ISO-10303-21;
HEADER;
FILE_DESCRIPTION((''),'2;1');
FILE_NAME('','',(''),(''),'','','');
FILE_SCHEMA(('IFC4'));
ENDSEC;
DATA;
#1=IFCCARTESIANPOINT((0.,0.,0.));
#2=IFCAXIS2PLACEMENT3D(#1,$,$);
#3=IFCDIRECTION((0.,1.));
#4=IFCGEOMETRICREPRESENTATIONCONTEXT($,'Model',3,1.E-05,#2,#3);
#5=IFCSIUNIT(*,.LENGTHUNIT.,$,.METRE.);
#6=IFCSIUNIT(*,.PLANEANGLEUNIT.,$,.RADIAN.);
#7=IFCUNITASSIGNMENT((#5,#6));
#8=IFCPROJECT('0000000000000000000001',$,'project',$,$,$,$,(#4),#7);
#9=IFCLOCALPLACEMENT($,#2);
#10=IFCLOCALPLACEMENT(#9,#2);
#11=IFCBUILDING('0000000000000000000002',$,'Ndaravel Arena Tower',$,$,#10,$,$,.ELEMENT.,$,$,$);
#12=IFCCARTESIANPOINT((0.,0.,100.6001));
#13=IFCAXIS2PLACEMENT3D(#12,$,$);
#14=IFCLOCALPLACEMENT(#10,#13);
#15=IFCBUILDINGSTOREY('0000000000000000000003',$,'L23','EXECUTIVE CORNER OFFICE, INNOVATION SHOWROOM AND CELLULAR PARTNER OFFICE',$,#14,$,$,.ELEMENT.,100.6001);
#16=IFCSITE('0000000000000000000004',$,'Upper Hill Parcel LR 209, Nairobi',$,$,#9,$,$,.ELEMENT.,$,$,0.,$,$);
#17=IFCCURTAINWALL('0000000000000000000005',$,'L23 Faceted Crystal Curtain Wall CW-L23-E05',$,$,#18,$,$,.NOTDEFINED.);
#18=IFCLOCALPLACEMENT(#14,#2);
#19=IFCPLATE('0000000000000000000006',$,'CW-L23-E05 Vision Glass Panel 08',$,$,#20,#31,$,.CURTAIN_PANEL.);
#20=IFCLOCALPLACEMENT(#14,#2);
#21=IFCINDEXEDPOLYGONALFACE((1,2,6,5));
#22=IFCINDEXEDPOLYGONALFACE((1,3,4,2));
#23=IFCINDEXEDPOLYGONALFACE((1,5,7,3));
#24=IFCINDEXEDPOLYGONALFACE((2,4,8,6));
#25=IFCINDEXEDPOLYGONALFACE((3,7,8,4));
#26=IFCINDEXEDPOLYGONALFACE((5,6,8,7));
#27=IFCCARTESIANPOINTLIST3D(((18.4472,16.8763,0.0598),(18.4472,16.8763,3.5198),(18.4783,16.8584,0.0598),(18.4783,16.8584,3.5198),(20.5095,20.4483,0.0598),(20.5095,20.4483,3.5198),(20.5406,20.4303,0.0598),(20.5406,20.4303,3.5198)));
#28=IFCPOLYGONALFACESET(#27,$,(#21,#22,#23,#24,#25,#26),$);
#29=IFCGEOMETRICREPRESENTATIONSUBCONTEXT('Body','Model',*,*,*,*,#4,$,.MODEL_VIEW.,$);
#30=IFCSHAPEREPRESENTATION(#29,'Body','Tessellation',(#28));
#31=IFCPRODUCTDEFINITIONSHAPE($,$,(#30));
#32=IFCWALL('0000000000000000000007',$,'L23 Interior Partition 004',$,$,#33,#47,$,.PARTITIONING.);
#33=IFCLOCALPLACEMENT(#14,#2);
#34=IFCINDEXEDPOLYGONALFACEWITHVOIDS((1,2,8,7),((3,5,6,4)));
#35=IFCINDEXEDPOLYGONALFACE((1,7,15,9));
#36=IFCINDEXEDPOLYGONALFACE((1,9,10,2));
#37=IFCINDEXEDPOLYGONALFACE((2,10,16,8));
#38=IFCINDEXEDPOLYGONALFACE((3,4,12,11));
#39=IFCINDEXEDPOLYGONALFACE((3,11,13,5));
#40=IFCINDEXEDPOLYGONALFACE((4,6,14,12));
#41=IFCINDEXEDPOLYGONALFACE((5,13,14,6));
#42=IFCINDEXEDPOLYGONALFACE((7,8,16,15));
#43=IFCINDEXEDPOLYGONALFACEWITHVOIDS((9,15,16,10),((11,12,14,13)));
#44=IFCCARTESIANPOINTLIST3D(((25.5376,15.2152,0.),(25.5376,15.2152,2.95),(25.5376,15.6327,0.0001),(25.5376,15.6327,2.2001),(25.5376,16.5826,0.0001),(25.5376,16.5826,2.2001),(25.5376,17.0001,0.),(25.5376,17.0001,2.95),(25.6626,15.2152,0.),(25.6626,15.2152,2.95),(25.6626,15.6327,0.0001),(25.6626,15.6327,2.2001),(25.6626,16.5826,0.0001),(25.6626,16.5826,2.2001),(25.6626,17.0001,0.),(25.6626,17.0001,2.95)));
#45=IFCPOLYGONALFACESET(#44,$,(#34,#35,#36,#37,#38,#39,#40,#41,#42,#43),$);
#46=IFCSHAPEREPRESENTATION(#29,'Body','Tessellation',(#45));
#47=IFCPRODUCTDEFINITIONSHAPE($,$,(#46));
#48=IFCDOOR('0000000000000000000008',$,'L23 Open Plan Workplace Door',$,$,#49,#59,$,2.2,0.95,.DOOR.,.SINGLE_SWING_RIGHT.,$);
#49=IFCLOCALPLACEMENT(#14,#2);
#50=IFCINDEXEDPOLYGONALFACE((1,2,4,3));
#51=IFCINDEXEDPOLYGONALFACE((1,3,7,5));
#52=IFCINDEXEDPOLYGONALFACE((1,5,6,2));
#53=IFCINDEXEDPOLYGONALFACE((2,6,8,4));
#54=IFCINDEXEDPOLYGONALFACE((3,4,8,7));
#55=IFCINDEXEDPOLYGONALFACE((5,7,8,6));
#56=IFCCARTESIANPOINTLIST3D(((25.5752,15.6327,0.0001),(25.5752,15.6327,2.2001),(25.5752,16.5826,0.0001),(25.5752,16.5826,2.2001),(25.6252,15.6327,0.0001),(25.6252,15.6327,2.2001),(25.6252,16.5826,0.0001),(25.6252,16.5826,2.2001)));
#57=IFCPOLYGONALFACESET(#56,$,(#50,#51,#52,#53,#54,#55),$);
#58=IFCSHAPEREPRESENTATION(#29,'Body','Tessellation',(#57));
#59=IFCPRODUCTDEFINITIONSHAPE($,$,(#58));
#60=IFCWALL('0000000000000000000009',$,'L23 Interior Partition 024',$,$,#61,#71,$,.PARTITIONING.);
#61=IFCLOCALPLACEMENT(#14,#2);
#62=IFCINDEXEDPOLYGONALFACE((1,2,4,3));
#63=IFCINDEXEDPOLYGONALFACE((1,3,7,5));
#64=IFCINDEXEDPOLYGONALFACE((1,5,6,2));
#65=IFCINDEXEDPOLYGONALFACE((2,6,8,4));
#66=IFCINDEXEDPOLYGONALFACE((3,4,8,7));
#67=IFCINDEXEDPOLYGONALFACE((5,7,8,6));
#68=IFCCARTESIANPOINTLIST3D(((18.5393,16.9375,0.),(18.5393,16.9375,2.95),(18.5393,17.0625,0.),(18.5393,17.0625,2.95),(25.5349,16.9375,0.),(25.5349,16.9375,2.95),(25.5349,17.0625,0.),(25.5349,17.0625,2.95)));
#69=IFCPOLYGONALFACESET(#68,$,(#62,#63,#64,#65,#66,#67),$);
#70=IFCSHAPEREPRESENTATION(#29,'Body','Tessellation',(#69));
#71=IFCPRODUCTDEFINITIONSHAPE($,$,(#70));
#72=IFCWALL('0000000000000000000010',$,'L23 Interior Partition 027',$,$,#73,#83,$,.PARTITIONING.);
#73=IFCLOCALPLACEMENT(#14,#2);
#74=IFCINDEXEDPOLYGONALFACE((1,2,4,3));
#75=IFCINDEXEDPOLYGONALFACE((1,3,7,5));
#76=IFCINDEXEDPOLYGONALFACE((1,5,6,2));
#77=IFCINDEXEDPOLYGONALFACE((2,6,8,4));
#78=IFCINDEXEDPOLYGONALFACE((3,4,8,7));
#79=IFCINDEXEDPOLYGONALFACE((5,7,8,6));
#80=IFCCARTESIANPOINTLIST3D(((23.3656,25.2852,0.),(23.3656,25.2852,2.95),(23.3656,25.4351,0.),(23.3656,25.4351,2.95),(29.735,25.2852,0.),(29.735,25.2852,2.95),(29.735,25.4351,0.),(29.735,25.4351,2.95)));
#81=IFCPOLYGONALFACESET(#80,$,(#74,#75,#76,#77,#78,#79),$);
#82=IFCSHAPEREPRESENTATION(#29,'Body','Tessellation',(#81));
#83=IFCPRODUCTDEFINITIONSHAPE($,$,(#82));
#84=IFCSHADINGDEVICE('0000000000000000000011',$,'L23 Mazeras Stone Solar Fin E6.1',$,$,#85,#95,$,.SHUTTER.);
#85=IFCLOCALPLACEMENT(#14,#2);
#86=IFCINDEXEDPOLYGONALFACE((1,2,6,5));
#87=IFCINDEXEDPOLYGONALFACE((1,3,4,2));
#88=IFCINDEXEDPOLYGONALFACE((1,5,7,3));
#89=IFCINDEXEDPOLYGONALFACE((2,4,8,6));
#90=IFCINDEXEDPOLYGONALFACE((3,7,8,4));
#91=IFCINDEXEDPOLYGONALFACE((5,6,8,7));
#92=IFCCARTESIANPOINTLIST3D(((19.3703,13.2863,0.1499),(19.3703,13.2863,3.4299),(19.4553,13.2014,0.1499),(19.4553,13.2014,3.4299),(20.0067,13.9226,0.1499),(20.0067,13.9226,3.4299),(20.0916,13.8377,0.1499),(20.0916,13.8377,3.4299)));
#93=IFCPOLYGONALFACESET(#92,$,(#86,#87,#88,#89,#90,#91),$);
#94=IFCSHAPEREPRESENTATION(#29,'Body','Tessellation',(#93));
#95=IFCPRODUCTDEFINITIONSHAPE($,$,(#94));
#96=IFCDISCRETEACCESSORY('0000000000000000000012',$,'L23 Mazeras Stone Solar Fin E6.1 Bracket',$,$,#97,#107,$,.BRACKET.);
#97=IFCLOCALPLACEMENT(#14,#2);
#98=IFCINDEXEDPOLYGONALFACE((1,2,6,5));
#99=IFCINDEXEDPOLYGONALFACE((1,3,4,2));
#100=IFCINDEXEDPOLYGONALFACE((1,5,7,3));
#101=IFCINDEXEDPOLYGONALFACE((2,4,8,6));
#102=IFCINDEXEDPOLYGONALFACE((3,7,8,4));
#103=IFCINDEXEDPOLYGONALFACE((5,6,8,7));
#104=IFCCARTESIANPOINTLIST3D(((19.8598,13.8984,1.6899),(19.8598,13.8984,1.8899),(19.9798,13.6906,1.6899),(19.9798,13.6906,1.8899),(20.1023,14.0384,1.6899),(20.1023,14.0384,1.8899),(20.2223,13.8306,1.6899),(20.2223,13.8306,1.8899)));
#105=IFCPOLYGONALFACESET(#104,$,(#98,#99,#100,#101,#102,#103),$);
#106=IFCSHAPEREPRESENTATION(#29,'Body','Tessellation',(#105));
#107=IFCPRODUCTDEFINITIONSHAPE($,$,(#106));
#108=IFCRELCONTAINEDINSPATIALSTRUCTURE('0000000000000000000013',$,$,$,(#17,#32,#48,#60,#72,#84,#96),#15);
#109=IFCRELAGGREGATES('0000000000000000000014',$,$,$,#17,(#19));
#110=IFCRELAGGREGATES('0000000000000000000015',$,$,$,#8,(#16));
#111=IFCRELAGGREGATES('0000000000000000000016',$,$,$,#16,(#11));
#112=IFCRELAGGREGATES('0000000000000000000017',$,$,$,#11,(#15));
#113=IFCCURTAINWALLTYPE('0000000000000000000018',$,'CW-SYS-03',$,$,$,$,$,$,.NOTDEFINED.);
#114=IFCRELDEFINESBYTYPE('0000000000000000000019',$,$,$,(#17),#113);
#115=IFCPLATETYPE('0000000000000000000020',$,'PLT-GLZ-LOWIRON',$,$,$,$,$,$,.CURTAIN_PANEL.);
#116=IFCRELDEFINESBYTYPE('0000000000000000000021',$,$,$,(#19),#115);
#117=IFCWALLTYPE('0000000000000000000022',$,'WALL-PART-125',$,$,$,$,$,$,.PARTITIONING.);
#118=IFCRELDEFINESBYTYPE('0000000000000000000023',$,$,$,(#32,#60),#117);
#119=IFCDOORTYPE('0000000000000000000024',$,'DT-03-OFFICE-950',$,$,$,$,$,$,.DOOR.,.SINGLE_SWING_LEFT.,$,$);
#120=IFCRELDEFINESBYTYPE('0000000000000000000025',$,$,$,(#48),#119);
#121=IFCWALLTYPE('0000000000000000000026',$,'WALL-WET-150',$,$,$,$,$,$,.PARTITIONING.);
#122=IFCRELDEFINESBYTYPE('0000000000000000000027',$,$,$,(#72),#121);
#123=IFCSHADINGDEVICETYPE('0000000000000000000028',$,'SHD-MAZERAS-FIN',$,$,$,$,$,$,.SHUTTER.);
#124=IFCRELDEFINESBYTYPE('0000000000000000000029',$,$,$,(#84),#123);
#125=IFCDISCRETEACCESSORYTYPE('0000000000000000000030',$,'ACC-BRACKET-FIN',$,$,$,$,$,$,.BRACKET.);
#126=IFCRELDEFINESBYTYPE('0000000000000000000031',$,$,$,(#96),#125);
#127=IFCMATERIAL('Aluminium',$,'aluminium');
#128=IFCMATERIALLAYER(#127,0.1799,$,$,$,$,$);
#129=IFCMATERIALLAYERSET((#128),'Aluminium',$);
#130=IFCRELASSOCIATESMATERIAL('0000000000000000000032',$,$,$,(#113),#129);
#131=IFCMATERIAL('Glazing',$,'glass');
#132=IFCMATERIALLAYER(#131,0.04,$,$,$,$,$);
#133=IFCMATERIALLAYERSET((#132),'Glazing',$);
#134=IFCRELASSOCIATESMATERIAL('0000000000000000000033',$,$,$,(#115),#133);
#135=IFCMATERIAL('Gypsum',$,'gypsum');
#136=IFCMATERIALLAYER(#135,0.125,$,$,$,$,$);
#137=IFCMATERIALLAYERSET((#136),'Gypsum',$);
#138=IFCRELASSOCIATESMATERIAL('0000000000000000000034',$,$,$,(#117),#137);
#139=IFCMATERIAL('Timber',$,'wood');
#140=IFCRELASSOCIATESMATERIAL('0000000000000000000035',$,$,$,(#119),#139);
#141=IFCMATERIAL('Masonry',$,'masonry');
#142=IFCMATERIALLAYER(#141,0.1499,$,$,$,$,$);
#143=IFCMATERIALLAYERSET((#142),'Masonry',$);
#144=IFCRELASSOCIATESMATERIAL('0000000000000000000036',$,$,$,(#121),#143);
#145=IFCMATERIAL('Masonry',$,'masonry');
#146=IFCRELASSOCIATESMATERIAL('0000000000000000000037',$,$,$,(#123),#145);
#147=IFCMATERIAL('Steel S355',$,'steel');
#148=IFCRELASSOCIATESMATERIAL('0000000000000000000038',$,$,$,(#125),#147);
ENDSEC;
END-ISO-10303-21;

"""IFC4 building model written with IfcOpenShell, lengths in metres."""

from ifc_helpers import new_model, si_unit, direction, frame, frame_2d, origin, origin_2d, place, context, subcontext, project, spatial, rectangle, extrude, material, layer, layer_set, type_object, element, fill, aggregate, save


model = new_model("IFC4")

# Units and contexts
model_context = context("Model", 3, precision=1e-05, world=origin(), true_north=direction((0.0, 1.0)))
body_context = subcontext(model_context, "Body", "Model", "MODEL_VIEW")
ifc_project = project(units=[si_unit("LENGTHUNIT", "METRE"), si_unit("PLANEANGLEUNIT", "RADIAN")], contexts=[model_context])

# Site, building, storey
site_placement = place(None, origin())
site = spatial("IfcSite", under=ifc_project, at=site_placement, Name="Upper Hill Parcel LR 209, Nairobi", CompositionType="ELEMENT", RefElevation=0.0)
building_placement = place(site_placement, origin())
building = spatial("IfcBuilding", under=site, at=building_placement, Name="Ndaravel Arena Tower", CompositionType="ELEMENT")
storey_placement = place(building_placement, frame((0.0, 0.0, 100.6001)))
storey = spatial("IfcBuildingStorey", under=building, at=storey_placement, Name="L23", Description="EXECUTIVE CORNER OFFICE, INNOVATION SHOWROOM AND CELLULAR PARTNER OFFICE", CompositionType="ELEMENT", Elevation=100.6001)

# Curtain wall
ifc_material_1 = material(Name="Aluminium", Category="aluminium")
ifc_layer_1 = layer(ifc_material_1, 0.1799)
ifc_layer_set_1 = layer_set([ifc_layer_1], Name="Aluminium")
curtain_wall_type_1 = type_object("IfcCurtainWallType", Name="CW-SYS-03", PredefinedType="NOTDEFINED", material=ifc_layer_set_1)
curtain_wall_1_placement = place(storey_placement, origin())
curtain_wall_1 = element("IfcCurtainWall", 1, at=curtain_wall_1_placement, inside=storey, type_object=curtain_wall_type_1, Name="L23 Faceted Crystal Curtain Wall CW-L23-E05", PredefinedType="NOTDEFINED")

# Plate
ifc_material_2 = material(Name="Glazing", Category="glass")
ifc_layer_2 = layer(ifc_material_2, 0.04)
ifc_layer_set_2 = layer_set([ifc_layer_2], Name="Glazing")
plate_type_1 = type_object("IfcPlateType", Name="PLT-GLZ-LOWIRON", PredefinedType="CURTAIN_PANEL", material=ifc_layer_set_2)
plate_1_placement = place(storey_placement, frame((19.4939, 18.6533, 0.0598), z_axis=(0.0, 0.0, 1.0), x_axis=(-0.5, -0.866025, 0.0)))
plate_1 = element("IfcPlate", 2, at=plate_1_placement, type_object=plate_type_1, Name="CW-L23-E05 Vision Glass Panel 08", PredefinedType="CURTAIN_PANEL", context=body_context, shape_type="SweptSolid", body=[
    extrude(rectangle(XDim=4.1245, YDim=0.0359, at=origin_2d()), origin(), (0.0, 0.0, 1.0), 3.46),
])
aggregate(curtain_wall_1, [plate_1])

# Wall, opening, door
ifc_material_3 = material(Name="Gypsum", Category="gypsum")
ifc_layer_3 = layer(ifc_material_3, 0.125)
ifc_layer_set_3 = layer_set([ifc_layer_3], Name="Gypsum")
wall_type_1 = type_object("IfcWallType", Name="WALL-PART-125", PredefinedType="PARTITIONING", material=ifc_layer_set_3)
wall_1_placement = place(storey_placement, frame((25.6001, 15.2151, 0.0), z_axis=(0.0, 0.0, 1.0), x_axis=(0.0, 1.0, 0.0)))
wall_1 = element("IfcWall", 3, at=wall_1_placement, inside=storey, type_object=wall_type_1, Name="L23 Interior Partition 004", PredefinedType="PARTITIONING", context=body_context, shape_type="SweptSolid", body=[
    extrude(rectangle(XDim=1.7849, YDim=0.125, at=frame_2d((0.8926, 0.0))), origin(), (0.0, 0.0, 1.0), 2.95),
])
opening_placement = place(wall_1_placement, frame((0.4175, 0.0, 0.0)))
opening = element("IfcOpeningElement", 4, at=opening_placement, cuts=wall_1, PredefinedType="OPENING", context=body_context, shape_type="SweptSolid", body=[
    extrude(rectangle(XDim=0.95, YDim=2.2, at=frame_2d((0.4751, 1.1001))), frame((0.0, 0.0625, 0.0), z_axis=(0.0, -1.0, 0.0), x_axis=(1.0, 0.0, 0.0)), (0.0, 0.0, 1.0), 0.125),
])
ifc_material_4 = material(Name="Timber", Category="wood")
door_type = type_object("IfcDoorType", Name="DT-03-OFFICE-950", OperationType="SINGLE_SWING_LEFT", PredefinedType="DOOR", material=ifc_material_4)
door_placement = place(opening_placement, origin())
door = element("IfcDoor", 5, at=door_placement, inside=storey, type_object=door_type, Name="L23 Open Plan Workplace Door", OperationType="SINGLE_SWING_RIGHT", OverallHeight=2.2, OverallWidth=0.95, PredefinedType="DOOR", context=body_context, shape_type="SweptSolid", body=[
    extrude(rectangle(XDim=0.95, YDim=2.2, at=frame_2d((0.4751, 1.1001))), frame((0.0, 0.0249, 0.0), z_axis=(0.0, -1.0, 0.0), x_axis=(1.0, 0.0, 0.0)), (0.0, 0.0, 1.0), 0.05),
])
fill(opening, door)

# Walls
wall_2_placement = place(storey_placement, frame((18.5393, 17.0, 0.0), z_axis=(0.0, 0.0, 1.0), x_axis=(1.0, 0.0, 0.0)))
element("IfcWall", 6, at=wall_2_placement, inside=storey, type_object=wall_type_1, Name="L23 Interior Partition 024", PredefinedType="PARTITIONING", context=body_context, shape_type="SweptSolid", body=[
    extrude(rectangle(XDim=6.9956, YDim=0.125, at=frame_2d((3.4978, 0.0))), origin(), (0.0, 0.0, 1.0), 2.95),
])
ifc_material_5 = material(Name="Masonry", Category="masonry")
ifc_layer_4 = layer(ifc_material_5, 0.1499)
ifc_layer_set_4 = layer_set([ifc_layer_4], Name="Masonry")
wall_type_2 = type_object("IfcWallType", Name="WALL-WET-150", PredefinedType="PARTITIONING", material=ifc_layer_set_4)
wall_3_placement = place(storey_placement, frame((23.3657, 25.3601, 0.0), z_axis=(0.0, 0.0, 1.0), x_axis=(1.0, 0.0, 0.0)))
element("IfcWall", 7, at=wall_3_placement, inside=storey, type_object=wall_type_2, Name="L23 Interior Partition 027", PredefinedType="PARTITIONING", context=body_context, shape_type="SweptSolid", body=[
    extrude(rectangle(XDim=6.3694, YDim=0.1499, at=frame_2d((3.1846, 0.0))), origin(), (0.0, 0.0, 1.0), 2.95),
])

# Shading device
ifc_material_6 = material(Name="Masonry", Category="masonry")
shading_device_type = type_object("IfcShadingDeviceType", Name="SHD-MAZERAS-FIN", PredefinedType="SHUTTER", material=ifc_material_6)
shading_device_placement = place(storey_placement, frame((19.731, 13.562, 0.1499), z_axis=(0.0, 0.0, 1.0), x_axis=(-0.707107, -0.707107, 0.0)))
element("IfcShadingDevice", 8, at=shading_device_placement, inside=storey, type_object=shading_device_type, Name="L23 Mazeras Stone Solar Fin E6.1", PredefinedType="SHUTTER", context=body_context, shape_type="SweptSolid", body=[
    extrude(rectangle(XDim=0.8999, YDim=0.1201, at=origin_2d()), origin(), (0.0, 0.0, 1.0), 3.28),
])

# Discrete accessory
ifc_material_7 = material(Name="Steel S355", Category="steel")
discrete_accessory_type = type_object("IfcDiscreteAccessoryType", Name="ACC-BRACKET-FIN", PredefinedType="BRACKET", material=ifc_material_7)
discrete_accessory_placement = place(storey_placement, frame((20.041, 13.8645, 1.6899), z_axis=(0.0, 0.0, 1.0), x_axis=(-0.866025, -0.5, 0.0)))
element("IfcDiscreteAccessory", 9, at=discrete_accessory_placement, inside=storey, type_object=discrete_accessory_type, Name="L23 Mazeras Stone Solar Fin E6.1 Bracket", PredefinedType="BRACKET", context=body_context, shape_type="SweptSolid", body=[
    extrude(rectangle(XDim=0.28, YDim=0.24, at=origin_2d()), origin(), (0.0, 0.0, 1.0), 0.2),
])

save(model, "model.ifc")
